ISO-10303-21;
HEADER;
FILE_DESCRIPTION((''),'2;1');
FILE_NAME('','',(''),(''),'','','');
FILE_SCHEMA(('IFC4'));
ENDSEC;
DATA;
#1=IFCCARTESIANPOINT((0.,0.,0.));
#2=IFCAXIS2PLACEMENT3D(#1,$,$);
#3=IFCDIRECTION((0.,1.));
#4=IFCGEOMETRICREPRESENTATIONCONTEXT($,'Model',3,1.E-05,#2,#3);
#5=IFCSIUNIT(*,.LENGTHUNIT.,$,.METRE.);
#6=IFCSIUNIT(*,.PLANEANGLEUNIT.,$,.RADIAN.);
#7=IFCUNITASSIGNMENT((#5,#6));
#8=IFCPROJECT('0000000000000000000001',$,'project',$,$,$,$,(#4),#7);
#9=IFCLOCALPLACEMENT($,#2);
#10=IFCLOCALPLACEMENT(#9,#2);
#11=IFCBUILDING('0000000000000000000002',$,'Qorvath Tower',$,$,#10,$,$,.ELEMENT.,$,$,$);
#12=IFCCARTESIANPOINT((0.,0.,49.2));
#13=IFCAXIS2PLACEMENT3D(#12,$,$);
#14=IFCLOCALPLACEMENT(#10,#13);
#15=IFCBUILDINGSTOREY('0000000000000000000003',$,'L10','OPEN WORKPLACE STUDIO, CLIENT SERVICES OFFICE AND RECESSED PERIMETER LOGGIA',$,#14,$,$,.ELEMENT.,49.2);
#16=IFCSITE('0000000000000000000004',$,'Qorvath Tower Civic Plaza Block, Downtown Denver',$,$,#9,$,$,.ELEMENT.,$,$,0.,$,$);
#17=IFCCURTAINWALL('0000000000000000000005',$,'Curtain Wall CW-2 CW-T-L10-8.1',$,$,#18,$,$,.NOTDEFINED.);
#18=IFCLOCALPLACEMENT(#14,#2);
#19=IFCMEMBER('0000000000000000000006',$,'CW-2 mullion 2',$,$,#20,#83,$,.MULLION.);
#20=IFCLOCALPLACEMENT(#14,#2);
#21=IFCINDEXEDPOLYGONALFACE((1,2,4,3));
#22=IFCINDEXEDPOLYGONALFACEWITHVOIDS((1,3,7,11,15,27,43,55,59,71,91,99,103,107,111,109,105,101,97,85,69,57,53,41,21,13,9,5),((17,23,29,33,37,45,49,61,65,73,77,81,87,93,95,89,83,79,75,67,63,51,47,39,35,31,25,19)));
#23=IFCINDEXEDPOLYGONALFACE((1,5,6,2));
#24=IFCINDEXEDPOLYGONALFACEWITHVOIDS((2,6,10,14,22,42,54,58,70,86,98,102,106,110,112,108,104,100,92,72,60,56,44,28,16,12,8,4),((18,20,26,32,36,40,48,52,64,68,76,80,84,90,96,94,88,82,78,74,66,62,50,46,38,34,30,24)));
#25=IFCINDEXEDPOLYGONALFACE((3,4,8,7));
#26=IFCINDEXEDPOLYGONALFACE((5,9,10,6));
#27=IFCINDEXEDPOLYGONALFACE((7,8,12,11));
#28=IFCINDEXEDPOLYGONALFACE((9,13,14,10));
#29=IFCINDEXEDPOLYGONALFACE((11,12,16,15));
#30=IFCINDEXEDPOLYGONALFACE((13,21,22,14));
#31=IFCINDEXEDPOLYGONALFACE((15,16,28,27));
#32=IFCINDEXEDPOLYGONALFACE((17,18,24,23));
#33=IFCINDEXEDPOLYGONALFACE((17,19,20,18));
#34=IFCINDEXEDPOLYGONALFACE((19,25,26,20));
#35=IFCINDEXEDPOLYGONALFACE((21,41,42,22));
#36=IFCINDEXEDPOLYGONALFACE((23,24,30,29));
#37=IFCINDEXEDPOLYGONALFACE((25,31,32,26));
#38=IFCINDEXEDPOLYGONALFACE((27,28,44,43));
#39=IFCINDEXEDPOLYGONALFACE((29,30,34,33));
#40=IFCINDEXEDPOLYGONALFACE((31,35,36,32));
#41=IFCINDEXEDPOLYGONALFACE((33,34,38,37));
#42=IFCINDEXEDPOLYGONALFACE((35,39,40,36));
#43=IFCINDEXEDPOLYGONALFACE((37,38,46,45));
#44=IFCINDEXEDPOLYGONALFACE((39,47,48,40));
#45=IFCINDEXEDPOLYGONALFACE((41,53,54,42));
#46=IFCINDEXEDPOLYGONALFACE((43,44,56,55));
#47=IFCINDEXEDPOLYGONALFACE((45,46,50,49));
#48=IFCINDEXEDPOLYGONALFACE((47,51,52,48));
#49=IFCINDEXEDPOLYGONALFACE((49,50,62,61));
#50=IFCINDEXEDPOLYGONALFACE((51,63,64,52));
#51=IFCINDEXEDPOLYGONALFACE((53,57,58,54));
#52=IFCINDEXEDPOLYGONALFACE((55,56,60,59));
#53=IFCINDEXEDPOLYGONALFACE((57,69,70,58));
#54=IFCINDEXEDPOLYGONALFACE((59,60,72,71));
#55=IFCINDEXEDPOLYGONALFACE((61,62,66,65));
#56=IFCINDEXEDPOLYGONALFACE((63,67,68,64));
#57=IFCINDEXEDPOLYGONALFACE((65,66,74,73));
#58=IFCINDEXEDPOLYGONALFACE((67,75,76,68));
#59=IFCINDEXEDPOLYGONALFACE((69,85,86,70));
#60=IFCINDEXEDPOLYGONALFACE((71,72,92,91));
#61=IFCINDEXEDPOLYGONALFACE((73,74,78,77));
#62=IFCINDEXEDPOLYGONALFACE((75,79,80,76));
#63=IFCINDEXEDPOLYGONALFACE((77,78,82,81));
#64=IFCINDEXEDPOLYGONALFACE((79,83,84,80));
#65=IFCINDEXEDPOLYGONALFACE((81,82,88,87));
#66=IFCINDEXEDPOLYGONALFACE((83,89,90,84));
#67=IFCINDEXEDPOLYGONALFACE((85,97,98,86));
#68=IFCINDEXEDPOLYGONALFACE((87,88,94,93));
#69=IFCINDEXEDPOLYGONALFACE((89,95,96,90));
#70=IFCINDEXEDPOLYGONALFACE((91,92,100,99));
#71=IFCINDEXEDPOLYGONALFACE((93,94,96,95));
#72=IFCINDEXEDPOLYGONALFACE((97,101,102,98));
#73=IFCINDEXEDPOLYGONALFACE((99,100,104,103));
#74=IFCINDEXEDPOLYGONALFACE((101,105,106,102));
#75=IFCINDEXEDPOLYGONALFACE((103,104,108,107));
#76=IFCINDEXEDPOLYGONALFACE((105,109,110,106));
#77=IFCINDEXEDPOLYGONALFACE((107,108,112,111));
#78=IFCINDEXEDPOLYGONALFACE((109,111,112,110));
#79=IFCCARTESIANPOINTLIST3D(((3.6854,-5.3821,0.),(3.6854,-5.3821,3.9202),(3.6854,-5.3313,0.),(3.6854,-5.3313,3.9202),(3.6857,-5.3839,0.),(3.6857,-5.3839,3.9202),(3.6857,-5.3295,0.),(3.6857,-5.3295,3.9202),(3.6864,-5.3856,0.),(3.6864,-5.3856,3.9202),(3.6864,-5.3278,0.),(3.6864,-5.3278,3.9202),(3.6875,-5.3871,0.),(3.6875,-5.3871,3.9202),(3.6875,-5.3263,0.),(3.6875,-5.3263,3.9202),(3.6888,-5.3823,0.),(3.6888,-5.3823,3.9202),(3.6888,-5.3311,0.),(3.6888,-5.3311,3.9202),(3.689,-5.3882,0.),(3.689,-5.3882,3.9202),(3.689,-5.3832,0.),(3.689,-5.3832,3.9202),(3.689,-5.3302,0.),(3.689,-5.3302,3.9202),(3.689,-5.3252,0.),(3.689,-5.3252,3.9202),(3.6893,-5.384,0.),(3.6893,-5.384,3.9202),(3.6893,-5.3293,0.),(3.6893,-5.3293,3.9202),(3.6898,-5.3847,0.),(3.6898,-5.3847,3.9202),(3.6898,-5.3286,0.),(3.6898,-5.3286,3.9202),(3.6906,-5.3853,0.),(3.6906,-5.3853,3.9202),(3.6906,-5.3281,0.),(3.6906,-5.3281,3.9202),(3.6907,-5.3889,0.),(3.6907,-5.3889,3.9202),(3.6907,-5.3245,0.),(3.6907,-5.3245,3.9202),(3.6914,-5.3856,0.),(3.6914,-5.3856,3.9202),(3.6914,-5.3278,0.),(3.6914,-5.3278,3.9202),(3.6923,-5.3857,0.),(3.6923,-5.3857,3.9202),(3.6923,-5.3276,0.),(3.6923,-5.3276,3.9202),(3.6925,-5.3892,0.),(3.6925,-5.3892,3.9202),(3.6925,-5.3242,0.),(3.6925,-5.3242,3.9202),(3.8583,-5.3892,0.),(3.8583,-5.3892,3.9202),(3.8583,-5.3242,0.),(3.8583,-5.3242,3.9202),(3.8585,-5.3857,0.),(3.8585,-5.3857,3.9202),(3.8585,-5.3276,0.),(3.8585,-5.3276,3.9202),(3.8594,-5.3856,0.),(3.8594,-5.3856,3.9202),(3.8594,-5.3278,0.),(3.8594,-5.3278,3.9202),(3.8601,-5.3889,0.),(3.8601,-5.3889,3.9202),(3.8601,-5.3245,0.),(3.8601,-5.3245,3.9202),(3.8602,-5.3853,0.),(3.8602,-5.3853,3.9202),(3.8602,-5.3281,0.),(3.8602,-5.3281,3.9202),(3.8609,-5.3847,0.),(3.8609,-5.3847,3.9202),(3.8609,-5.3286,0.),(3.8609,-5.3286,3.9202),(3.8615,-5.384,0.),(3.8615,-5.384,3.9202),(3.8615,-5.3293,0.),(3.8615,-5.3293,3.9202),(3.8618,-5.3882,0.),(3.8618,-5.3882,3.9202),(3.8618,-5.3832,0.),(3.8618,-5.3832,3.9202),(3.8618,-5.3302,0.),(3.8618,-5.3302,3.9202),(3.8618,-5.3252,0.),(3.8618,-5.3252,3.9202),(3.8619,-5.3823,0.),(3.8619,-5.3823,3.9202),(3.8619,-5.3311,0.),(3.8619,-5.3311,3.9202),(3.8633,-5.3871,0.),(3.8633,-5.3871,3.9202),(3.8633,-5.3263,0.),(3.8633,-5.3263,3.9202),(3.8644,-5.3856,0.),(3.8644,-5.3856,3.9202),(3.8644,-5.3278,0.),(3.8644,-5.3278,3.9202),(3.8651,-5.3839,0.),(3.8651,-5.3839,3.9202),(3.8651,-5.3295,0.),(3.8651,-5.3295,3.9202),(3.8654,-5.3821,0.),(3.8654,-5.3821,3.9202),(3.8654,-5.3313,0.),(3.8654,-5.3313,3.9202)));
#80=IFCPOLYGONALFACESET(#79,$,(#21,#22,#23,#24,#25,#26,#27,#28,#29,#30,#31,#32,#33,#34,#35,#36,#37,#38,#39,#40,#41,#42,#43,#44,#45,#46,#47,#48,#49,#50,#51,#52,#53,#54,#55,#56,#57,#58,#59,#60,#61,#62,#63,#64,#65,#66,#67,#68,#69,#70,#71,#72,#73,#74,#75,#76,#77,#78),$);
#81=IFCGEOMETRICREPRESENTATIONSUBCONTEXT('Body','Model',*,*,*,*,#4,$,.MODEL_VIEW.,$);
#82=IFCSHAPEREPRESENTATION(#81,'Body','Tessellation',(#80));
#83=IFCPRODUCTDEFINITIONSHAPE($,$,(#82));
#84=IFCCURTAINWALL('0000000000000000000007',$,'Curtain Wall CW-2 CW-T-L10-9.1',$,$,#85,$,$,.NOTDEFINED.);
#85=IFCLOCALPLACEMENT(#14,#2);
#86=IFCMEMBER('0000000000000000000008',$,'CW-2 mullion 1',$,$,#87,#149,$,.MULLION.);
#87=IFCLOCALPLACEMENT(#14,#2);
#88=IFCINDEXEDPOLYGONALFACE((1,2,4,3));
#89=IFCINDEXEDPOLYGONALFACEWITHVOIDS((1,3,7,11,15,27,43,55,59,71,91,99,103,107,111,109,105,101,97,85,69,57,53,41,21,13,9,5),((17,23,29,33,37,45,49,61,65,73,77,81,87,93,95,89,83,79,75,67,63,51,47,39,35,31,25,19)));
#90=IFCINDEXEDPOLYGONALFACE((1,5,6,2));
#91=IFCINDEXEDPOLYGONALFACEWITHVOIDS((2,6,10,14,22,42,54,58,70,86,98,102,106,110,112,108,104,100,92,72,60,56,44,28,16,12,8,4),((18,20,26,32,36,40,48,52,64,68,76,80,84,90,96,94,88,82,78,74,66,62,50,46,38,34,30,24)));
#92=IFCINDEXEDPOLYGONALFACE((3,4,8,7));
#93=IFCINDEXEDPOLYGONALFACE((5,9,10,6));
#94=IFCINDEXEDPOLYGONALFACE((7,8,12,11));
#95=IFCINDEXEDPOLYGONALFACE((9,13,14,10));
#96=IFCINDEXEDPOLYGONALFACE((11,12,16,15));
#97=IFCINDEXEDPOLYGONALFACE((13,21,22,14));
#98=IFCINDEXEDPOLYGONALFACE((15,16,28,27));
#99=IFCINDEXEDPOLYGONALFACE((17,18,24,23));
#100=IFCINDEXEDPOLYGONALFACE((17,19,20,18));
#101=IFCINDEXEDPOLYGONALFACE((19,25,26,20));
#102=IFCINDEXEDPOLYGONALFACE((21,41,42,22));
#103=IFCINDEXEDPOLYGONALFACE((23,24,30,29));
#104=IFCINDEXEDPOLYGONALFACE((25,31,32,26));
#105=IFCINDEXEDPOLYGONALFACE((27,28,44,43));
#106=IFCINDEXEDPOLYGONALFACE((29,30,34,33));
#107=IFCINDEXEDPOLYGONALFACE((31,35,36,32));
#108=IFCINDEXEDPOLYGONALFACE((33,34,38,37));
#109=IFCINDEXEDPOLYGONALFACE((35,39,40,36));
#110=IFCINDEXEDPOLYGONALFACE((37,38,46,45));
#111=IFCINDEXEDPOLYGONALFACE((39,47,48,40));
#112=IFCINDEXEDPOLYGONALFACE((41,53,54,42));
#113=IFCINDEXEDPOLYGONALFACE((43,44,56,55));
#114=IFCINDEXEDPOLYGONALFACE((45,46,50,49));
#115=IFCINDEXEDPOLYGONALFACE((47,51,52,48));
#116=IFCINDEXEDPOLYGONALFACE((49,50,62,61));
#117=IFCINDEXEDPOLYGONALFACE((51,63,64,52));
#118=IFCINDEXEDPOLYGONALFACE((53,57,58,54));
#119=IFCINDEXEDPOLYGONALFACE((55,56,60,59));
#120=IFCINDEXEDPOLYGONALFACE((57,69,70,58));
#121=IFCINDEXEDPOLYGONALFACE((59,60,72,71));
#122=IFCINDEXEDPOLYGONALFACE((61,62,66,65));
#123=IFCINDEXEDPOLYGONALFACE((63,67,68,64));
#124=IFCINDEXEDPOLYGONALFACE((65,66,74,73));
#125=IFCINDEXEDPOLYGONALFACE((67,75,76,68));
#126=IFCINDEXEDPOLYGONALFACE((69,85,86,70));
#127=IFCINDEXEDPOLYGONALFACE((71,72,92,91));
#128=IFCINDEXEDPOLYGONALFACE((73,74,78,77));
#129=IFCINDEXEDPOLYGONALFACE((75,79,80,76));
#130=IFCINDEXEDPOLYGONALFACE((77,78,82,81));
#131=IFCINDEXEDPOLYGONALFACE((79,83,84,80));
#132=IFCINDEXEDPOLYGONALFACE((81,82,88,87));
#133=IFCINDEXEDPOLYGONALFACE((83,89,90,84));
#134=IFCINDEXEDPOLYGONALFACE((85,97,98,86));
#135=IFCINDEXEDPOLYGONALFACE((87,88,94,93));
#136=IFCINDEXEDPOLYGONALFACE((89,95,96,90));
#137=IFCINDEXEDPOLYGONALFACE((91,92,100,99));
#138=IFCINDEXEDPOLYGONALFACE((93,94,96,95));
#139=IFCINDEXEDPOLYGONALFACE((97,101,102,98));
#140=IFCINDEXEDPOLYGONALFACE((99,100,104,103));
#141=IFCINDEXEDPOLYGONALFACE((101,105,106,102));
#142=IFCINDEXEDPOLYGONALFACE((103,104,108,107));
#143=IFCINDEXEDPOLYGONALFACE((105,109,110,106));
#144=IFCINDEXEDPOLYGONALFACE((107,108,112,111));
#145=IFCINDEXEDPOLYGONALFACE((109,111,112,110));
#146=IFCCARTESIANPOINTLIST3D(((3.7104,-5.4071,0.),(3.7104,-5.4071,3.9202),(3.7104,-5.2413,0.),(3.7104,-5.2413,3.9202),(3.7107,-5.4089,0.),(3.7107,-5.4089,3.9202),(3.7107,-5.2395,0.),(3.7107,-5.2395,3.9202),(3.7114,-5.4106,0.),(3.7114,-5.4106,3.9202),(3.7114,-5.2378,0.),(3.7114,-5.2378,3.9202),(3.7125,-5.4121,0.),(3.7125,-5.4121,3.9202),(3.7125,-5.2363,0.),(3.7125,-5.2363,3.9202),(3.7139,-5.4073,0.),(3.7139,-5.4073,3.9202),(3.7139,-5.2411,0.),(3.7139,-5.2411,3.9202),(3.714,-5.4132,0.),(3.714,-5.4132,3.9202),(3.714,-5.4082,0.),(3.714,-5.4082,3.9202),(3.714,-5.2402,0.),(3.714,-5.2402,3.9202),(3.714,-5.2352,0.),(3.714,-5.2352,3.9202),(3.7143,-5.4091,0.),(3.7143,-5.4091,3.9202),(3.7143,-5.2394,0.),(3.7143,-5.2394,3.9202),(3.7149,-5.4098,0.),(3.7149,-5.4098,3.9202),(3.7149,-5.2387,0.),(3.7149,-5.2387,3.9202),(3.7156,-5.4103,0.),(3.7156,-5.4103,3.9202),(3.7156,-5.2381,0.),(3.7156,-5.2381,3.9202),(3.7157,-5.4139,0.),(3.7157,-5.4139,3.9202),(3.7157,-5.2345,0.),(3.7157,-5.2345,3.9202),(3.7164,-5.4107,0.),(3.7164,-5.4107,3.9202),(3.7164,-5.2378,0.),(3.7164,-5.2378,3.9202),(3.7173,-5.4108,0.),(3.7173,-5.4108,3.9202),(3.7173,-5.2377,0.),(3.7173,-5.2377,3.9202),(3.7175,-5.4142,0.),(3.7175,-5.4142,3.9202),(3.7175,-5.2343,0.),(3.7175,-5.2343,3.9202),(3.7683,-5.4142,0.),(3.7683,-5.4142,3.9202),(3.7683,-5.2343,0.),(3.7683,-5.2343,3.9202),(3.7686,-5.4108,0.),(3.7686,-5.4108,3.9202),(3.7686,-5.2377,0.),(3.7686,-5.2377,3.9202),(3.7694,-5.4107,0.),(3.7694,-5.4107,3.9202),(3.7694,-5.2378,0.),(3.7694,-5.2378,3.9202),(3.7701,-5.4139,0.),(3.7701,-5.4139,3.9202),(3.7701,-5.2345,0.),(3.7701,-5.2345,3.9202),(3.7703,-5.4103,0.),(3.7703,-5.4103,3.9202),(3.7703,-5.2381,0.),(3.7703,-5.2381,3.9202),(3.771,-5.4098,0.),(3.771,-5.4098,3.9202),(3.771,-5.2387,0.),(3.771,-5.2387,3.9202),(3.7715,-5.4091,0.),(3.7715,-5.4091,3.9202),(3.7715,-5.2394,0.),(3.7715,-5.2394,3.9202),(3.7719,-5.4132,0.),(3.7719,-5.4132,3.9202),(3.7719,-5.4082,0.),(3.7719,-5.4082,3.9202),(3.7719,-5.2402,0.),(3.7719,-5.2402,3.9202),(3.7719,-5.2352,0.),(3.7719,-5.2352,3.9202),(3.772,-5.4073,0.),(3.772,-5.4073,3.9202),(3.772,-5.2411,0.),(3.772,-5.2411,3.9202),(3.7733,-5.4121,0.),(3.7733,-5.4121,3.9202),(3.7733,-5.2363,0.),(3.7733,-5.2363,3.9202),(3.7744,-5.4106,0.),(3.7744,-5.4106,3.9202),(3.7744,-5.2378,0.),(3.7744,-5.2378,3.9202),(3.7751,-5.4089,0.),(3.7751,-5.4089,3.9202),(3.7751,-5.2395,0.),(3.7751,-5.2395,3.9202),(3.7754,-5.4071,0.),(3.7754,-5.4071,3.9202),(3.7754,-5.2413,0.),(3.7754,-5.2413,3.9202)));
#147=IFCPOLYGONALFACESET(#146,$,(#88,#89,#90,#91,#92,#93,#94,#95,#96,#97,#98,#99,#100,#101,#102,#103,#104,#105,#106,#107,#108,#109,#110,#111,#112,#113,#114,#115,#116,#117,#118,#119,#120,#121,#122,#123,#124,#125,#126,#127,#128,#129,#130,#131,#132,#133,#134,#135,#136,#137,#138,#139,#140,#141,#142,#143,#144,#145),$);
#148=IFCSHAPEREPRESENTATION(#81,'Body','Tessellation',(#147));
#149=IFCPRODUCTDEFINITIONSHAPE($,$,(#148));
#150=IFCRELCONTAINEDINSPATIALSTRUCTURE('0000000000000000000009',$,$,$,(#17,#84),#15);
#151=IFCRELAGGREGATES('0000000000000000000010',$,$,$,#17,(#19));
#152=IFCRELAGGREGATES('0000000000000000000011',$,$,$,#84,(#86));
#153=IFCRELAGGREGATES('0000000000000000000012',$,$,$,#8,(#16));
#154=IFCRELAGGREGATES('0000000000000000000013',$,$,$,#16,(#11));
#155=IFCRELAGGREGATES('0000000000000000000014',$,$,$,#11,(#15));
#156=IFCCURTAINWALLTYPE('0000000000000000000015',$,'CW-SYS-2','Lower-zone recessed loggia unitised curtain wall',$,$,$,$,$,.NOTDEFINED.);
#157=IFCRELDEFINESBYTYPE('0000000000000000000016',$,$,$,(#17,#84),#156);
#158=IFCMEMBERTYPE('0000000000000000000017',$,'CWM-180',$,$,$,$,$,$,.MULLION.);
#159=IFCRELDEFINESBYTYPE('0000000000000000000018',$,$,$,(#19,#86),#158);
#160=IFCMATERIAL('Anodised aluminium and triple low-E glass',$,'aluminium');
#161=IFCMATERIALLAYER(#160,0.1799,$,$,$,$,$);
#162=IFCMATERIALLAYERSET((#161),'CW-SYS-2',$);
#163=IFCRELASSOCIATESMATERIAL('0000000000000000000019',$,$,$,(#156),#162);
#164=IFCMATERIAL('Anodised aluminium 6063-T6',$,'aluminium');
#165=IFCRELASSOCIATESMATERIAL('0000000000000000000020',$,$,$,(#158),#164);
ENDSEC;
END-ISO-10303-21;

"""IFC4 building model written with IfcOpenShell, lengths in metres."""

from ifc_helpers import new_model, si_unit, direction, frame, origin, origin_2d, place, context, subcontext, project, spatial, hollow_rectangle, extrude, material, layer, layer_set, material_profile, profile_set, type_object, element, aggregate, save


model = new_model("IFC4")

# Units and contexts
model_context = context("Model", 3, precision=1e-05, world=origin(), true_north=direction((0.0, 1.0)))
body_context = subcontext(model_context, "Body", "Model", "MODEL_VIEW")
ifc_project = project(units=[si_unit("LENGTHUNIT", "METRE"), si_unit("PLANEANGLEUNIT", "RADIAN")], contexts=[model_context])

# Site, building, storey
site_placement = place(None, origin())
site = spatial("IfcSite", under=ifc_project, at=site_placement, Name="Qorvath Tower Civic Plaza Block, Downtown Denver", CompositionType="ELEMENT", RefElevation=0.0)
building_placement = place(site_placement, origin())
building = spatial("IfcBuilding", under=site, at=building_placement, Name="Qorvath Tower", CompositionType="ELEMENT")
storey_placement = place(building_placement, frame((0.0, 0.0, 49.2)))
storey = spatial("IfcBuildingStorey", under=building, at=storey_placement, Name="L10", Description="OPEN WORKPLACE STUDIO, CLIENT SERVICES OFFICE AND RECESSED PERIMETER LOGGIA", CompositionType="ELEMENT", Elevation=49.2)

# Shared definitions
ifc_material_1 = material(Name="Anodised aluminium and triple low-E glass", Category="aluminium")
ifc_layer_1 = layer(ifc_material_1, 0.1799)
ifc_layer_set_1 = layer_set([ifc_layer_1], Name="CW-SYS-2")
curtain_wall_type = type_object("IfcCurtainWallType", Name="CW-SYS-2", Description="Lower-zone recessed loggia unitised curtain wall", PredefinedType="NOTDEFINED", material=ifc_layer_set_1)
ifc_material_2 = material(Name="Anodised aluminium 6063-T6", Category="aluminium")
ifc_material_profile_1 = material_profile(ifc_material_2, hollow_rectangle(XDim=0.0649, YDim=0.1799, WallThickness=0.0034, InnerFilletRadius=0.0034, OuterFilletRadius=0.0071, at=origin_2d()), Name="CWM 180x65")
ifc_profile_set_1 = profile_set([ifc_material_profile_1], Name="Anodised aluminium 6063-T6")
member_type_1 = type_object("IfcMemberType", Name="CWM-180", PredefinedType="MULLION", material=ifc_profile_set_1)

# Curtain wall, member
curtain_wall_1_placement = place(storey_placement, origin())
curtain_wall_1 = element("IfcCurtainWall", 1, at=curtain_wall_1_placement, inside=storey, type_object=curtain_wall_type, Name="Curtain Wall CW-2 CW-T-L10-8.1", PredefinedType="NOTDEFINED")
member_1_placement = place(storey_placement, frame((3.7754, -5.3567, 0.0), z_axis=(0.0, 0.0, 1.0), x_axis=(0.0, -1.0, 0.0)))
member_1 = element("IfcMember", 2, at=member_1_placement, type_object=member_type_1, Name="CW-2 mullion 2", PredefinedType="MULLION", context=body_context, shape_type="SweptSolid", body=[
    extrude(hollow_rectangle(XDim=0.0649, YDim=0.1799, WallThickness=0.0034, InnerFilletRadius=0.0034, OuterFilletRadius=0.0071, at=origin_2d()), origin(), (0.0, 0.0, 1.0), 3.9202),
])

# Curtain wall, member
curtain_wall_2_placement = place(storey_placement, origin())
curtain_wall_2 = element("IfcCurtainWall", 3, at=curtain_wall_2_placement, inside=storey, type_object=curtain_wall_type, Name="Curtain Wall CW-2 CW-T-L10-9.1", PredefinedType="NOTDEFINED")
member_2_placement = place(storey_placement, frame((3.7429, -5.3242, 0.0), z_axis=(0.0, 0.0, 1.0), x_axis=(-1.0, 0.0, 0.0)))
member_2 = element("IfcMember", 4, at=member_2_placement, type_object=member_type_1, Name="CW-2 mullion 1", PredefinedType="MULLION", context=body_context, shape_type="SweptSolid", body=[
    extrude(hollow_rectangle(XDim=0.0649, YDim=0.1799, WallThickness=0.0034, InnerFilletRadius=0.0034, OuterFilletRadius=0.0071, at=origin_2d()), origin(), (0.0, 0.0, 1.0), 3.9202),
])

aggregate(curtain_wall_1, [member_1])
aggregate(curtain_wall_2, [member_2])

save(model, "model.ifc")
